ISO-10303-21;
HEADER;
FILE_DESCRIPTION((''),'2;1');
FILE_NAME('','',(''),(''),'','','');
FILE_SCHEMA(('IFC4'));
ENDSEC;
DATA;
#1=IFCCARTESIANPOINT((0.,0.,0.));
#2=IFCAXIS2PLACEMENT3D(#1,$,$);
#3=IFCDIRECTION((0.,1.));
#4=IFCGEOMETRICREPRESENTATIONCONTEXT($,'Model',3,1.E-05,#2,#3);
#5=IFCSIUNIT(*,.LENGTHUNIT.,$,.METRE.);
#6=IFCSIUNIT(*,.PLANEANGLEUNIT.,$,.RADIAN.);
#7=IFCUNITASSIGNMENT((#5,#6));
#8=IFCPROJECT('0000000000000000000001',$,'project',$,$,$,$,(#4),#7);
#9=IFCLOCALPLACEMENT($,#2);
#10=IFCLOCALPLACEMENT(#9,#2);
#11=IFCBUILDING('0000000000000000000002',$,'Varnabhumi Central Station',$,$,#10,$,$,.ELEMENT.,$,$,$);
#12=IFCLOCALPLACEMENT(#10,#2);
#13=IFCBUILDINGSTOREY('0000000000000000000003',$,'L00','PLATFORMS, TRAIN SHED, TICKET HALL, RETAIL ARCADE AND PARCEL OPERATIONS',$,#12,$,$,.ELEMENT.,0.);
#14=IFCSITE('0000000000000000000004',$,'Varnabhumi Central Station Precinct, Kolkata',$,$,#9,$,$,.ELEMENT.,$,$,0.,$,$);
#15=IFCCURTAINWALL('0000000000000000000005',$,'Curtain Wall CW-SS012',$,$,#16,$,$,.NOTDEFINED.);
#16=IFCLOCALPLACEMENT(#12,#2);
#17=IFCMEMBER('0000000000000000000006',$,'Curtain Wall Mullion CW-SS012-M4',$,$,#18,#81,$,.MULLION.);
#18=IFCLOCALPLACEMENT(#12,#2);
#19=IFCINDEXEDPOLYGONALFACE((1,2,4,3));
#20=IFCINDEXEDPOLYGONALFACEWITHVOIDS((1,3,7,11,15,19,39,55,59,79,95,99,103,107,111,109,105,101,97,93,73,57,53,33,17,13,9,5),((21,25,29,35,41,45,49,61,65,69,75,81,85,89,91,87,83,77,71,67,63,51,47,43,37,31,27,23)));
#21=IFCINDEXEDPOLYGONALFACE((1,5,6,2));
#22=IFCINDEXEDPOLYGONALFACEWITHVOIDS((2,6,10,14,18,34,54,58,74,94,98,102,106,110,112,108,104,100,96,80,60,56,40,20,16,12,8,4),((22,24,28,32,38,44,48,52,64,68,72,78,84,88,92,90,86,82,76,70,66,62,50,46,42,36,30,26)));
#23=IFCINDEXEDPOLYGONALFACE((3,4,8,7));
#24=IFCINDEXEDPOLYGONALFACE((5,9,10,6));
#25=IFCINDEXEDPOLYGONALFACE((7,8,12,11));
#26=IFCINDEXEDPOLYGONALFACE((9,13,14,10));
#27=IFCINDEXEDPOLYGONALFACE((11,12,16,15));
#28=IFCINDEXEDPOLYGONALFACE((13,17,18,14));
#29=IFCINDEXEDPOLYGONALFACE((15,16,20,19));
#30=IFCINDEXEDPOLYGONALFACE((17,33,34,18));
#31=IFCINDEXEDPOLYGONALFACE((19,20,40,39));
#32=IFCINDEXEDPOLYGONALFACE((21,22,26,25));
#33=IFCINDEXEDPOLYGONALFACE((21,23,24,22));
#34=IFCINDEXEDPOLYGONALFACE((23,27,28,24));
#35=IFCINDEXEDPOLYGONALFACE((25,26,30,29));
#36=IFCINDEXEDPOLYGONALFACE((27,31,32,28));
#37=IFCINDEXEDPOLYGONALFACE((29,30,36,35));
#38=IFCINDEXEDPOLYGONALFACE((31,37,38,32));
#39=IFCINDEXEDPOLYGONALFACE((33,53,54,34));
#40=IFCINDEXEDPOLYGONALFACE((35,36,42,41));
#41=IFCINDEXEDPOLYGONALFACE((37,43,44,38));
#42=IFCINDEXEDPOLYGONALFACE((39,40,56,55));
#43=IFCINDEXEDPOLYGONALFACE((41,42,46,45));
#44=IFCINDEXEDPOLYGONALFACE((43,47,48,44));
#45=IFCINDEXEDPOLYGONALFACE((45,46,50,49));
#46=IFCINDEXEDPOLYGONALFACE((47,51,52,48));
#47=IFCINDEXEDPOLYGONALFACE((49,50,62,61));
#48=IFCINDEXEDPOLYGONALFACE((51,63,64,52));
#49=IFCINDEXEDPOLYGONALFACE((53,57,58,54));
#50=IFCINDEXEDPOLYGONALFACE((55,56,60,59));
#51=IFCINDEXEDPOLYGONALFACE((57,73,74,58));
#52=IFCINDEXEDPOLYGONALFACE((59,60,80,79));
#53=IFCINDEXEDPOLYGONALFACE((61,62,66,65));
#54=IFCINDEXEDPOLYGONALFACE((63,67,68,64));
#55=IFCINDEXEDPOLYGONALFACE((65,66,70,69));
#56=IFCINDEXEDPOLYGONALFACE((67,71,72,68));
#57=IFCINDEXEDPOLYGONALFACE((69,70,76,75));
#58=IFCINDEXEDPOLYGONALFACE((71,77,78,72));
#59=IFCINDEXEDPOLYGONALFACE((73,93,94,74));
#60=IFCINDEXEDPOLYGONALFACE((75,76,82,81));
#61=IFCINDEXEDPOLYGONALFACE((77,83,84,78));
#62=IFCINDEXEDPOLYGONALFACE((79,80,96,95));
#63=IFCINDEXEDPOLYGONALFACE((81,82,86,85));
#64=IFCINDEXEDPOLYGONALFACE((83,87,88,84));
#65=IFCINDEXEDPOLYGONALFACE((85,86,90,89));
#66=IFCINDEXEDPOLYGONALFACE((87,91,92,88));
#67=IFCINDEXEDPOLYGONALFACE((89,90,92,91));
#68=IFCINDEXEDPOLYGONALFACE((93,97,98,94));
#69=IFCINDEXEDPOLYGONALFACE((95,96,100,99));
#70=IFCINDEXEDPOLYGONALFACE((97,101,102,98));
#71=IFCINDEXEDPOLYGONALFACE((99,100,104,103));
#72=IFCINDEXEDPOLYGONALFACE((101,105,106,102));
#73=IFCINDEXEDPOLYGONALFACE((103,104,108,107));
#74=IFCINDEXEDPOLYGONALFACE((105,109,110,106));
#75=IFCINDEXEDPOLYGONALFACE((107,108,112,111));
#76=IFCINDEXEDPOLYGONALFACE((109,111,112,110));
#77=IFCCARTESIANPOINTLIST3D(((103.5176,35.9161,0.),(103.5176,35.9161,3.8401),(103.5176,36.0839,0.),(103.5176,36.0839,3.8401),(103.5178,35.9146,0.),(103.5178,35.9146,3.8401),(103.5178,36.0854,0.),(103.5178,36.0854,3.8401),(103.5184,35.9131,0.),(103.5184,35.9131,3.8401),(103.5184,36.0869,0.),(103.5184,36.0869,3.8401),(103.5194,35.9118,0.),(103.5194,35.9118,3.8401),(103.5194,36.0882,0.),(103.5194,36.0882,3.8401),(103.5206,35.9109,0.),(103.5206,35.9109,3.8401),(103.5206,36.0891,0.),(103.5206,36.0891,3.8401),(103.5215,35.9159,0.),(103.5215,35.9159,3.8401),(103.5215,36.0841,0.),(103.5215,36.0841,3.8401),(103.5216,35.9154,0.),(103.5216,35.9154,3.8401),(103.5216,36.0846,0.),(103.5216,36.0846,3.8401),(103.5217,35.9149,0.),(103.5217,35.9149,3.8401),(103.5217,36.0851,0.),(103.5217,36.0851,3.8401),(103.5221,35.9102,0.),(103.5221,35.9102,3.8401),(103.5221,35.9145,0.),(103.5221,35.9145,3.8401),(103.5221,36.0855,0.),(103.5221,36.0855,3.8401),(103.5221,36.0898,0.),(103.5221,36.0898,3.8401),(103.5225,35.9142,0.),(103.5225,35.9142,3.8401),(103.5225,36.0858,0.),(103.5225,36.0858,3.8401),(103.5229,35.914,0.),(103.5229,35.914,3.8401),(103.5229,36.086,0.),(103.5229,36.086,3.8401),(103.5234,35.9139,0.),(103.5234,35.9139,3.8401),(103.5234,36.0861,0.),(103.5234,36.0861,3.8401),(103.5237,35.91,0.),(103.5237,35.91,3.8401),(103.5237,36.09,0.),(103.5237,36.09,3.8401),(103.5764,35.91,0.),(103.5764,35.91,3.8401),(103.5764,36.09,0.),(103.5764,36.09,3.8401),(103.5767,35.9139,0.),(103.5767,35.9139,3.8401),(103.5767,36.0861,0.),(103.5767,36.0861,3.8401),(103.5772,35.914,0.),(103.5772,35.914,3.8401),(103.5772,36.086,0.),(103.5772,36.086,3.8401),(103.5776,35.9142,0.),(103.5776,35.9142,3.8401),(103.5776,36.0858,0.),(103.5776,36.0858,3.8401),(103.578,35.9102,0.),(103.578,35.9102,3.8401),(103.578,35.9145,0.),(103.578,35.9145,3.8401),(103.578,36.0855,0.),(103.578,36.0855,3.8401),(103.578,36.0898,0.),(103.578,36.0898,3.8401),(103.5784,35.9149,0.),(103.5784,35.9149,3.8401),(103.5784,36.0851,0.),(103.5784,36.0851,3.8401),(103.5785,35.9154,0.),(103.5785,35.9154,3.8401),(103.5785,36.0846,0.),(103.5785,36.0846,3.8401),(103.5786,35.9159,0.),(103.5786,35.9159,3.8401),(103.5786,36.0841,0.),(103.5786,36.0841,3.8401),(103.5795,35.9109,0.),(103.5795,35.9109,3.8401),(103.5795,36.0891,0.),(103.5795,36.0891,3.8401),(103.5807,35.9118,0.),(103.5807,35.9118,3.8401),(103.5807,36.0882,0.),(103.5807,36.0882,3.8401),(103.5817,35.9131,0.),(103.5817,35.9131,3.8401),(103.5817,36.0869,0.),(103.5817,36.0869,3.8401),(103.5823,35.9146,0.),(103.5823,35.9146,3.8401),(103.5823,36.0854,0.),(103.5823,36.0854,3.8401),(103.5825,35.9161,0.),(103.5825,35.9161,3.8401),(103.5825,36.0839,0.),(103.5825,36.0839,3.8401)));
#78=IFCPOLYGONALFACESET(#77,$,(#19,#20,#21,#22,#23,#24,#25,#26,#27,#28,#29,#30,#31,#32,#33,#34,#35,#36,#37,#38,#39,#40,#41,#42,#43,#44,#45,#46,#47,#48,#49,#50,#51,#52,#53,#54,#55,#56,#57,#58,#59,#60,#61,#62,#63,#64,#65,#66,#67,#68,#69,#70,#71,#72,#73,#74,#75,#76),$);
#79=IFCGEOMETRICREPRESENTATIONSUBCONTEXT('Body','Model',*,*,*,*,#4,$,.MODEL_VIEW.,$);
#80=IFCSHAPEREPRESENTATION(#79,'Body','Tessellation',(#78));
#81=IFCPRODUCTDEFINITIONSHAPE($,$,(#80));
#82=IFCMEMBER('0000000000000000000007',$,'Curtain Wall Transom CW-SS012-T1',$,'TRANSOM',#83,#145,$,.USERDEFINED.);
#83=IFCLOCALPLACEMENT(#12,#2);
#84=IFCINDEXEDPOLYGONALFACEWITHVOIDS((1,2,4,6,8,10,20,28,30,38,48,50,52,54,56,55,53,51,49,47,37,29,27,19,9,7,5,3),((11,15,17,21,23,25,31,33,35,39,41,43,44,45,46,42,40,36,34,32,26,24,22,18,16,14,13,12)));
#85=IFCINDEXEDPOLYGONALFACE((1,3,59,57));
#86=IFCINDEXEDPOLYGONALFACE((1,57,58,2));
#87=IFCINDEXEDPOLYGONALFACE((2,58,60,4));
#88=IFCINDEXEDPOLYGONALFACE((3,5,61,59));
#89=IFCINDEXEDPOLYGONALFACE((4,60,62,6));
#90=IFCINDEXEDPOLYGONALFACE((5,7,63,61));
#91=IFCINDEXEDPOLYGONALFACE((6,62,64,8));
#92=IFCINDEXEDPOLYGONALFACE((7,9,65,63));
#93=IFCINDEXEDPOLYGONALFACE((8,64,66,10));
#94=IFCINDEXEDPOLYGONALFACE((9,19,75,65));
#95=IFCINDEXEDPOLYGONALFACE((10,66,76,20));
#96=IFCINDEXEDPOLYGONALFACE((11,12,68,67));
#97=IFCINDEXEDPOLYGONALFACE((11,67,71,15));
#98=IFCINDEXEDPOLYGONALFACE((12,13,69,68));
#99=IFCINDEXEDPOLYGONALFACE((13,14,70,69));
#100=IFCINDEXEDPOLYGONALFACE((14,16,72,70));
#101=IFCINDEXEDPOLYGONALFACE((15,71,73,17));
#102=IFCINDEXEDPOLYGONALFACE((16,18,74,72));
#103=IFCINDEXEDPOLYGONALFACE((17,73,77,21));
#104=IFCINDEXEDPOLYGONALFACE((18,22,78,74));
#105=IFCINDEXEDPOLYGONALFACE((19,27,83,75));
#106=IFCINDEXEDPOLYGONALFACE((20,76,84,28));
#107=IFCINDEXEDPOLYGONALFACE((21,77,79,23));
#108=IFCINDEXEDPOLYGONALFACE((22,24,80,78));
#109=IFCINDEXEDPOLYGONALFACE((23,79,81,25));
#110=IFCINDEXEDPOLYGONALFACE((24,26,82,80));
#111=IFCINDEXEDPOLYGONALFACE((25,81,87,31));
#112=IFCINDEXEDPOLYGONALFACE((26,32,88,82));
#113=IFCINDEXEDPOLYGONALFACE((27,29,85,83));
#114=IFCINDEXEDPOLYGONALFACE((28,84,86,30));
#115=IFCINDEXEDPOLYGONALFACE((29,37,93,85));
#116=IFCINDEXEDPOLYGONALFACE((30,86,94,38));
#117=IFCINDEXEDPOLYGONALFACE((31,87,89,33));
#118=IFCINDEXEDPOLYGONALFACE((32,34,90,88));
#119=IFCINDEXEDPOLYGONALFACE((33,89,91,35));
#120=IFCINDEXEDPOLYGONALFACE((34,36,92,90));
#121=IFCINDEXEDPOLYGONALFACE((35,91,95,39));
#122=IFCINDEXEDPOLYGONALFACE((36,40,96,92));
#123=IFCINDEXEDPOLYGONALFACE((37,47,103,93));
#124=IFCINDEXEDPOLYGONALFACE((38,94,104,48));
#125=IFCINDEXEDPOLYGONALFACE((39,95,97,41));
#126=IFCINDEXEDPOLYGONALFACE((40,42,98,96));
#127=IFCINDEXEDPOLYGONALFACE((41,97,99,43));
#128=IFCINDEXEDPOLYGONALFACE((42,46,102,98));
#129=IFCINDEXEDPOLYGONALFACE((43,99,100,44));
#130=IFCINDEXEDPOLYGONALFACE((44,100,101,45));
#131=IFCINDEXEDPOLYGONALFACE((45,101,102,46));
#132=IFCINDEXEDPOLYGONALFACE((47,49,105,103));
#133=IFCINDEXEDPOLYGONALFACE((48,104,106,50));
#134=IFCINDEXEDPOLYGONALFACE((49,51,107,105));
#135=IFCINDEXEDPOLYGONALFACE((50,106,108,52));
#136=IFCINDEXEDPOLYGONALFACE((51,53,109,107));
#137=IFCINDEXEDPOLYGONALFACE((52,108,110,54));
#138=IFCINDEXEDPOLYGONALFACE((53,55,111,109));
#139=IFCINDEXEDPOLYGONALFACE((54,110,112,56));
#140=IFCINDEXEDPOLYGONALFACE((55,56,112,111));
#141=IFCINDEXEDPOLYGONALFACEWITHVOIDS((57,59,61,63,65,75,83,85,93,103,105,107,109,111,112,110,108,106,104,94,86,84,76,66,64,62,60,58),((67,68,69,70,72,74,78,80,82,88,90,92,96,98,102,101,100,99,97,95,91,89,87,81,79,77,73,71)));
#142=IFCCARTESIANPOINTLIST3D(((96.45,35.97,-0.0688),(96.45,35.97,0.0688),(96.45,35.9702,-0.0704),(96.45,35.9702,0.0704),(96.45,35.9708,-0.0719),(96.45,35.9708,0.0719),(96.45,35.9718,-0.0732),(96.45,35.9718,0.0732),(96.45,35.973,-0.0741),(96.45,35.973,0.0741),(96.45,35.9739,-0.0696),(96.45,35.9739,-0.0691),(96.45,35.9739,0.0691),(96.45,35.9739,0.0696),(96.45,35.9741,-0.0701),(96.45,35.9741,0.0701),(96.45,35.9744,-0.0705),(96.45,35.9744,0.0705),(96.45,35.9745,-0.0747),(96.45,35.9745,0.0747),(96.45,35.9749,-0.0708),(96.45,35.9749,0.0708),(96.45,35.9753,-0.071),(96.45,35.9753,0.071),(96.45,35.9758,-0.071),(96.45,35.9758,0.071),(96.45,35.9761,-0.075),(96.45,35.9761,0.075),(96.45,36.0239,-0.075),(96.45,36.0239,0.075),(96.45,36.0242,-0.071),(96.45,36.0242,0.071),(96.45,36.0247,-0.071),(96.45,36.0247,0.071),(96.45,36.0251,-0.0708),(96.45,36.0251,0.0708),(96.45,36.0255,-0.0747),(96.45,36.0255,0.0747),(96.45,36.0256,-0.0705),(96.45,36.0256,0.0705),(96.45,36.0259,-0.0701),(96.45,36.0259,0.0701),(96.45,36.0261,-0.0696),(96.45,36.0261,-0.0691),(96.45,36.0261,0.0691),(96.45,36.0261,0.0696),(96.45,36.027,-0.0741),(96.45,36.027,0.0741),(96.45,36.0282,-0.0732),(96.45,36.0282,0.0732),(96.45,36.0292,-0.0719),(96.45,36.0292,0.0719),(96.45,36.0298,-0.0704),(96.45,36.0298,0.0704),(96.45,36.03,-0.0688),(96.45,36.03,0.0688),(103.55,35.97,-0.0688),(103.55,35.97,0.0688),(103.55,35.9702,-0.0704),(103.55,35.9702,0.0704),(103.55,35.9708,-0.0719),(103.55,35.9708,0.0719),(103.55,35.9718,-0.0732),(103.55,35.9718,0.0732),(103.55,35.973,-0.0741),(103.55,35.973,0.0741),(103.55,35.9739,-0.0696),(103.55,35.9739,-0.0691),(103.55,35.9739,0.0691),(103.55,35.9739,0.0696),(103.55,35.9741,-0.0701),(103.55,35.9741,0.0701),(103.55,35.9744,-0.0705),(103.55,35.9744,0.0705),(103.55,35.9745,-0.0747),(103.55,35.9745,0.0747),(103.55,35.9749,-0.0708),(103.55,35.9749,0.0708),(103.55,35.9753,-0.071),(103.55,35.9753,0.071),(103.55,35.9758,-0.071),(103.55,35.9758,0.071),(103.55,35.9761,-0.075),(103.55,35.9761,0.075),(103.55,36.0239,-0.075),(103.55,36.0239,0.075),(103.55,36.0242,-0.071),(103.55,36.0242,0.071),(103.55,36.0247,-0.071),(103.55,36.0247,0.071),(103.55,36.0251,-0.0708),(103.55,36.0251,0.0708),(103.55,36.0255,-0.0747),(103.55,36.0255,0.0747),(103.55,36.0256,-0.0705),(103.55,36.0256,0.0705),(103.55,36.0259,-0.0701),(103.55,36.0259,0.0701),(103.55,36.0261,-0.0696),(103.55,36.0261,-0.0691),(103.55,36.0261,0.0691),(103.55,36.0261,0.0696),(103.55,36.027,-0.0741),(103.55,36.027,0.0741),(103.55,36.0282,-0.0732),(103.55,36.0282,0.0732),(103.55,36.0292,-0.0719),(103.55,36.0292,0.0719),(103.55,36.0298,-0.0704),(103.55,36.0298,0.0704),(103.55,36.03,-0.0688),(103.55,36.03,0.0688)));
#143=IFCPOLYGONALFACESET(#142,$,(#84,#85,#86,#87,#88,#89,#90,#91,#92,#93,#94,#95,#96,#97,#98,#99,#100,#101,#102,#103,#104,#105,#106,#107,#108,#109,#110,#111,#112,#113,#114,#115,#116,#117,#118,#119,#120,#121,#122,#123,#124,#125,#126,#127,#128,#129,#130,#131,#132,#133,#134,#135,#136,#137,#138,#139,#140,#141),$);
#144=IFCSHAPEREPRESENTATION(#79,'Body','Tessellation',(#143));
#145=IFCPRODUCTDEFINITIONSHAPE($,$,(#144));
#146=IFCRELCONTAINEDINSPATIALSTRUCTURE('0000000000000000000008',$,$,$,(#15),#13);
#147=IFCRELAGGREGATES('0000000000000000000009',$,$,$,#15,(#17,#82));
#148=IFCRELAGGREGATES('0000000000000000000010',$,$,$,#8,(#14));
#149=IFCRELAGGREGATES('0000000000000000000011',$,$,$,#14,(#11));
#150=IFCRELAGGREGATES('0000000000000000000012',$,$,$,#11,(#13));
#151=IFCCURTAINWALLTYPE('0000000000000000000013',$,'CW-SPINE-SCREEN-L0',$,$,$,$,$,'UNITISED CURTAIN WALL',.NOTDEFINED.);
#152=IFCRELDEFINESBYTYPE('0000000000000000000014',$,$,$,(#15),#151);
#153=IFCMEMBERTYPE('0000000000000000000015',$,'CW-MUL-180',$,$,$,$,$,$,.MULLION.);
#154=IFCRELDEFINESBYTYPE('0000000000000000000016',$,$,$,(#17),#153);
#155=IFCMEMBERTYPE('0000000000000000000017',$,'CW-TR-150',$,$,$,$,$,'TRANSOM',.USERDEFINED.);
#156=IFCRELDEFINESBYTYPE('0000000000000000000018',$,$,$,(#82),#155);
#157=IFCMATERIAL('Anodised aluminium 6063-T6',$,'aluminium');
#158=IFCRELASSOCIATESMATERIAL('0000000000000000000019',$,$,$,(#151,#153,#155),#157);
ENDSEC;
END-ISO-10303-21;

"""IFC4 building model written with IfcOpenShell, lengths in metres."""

from ifc_helpers import new_model, si_unit, direction, frame, origin, origin_2d, place, context, subcontext, project, spatial, hollow_rectangle, extrude, material, material_profile, profile_set, type_object, element, aggregate, save


model = new_model("IFC4")

# Units and contexts
model_context = context("Model", 3, precision=1e-05, world=origin(), true_north=direction((0.0, 1.0)))
body_context = subcontext(model_context, "Body", "Model", "MODEL_VIEW")
ifc_project = project(units=[si_unit("LENGTHUNIT", "METRE"), si_unit("PLANEANGLEUNIT", "RADIAN")], contexts=[model_context])

# Site, building, storey
site_placement = place(None, origin())
site = spatial("IfcSite", under=ifc_project, at=site_placement, Name="Varnabhumi Central Station Precinct, Kolkata", CompositionType="ELEMENT", RefElevation=0.0)
building_placement = place(site_placement, origin())
building = spatial("IfcBuilding", under=site, at=building_placement, Name="Varnabhumi Central Station", CompositionType="ELEMENT")
storey_placement = place(building_placement, origin())
storey = spatial("IfcBuildingStorey", under=building, at=storey_placement, Name="L00", Description="PLATFORMS, TRAIN SHED, TICKET HALL, RETAIL ARCADE AND PARCEL OPERATIONS", CompositionType="ELEMENT", Elevation=0.0)

# Curtain wall, members
ifc_material_1 = material(Name="Anodised aluminium 6063-T6", Category="aluminium")
curtain_wall_type = type_object("IfcCurtainWallType", Name="CW-SPINE-SCREEN-L0", ElementType="UNITISED CURTAIN WALL", PredefinedType="NOTDEFINED", material=ifc_material_1)
curtain_wall_placement = place(storey_placement, origin())
curtain_wall = element("IfcCurtainWall", 1, at=curtain_wall_placement, inside=storey, type_object=curtain_wall_type, Name="Curtain Wall CW-SS012", PredefinedType="NOTDEFINED")
ifc_material_profile_1 = material_profile(ifc_material_1, hollow_rectangle(XDim=0.0649, YDim=0.1799, WallThickness=0.0039, InnerFilletRadius=0.002, OuterFilletRadius=0.0061, at=origin_2d()), Name="Anodised aluminium 6063-T6", Category="aluminium")
ifc_profile_set_1 = profile_set([ifc_material_profile_1], Name="Anodised aluminium 6063-T6")
member_type_1 = type_object("IfcMemberType", Name="CW-MUL-180", PredefinedType="MULLION", material=ifc_profile_set_1)
member_1_placement = place(storey_placement, frame((103.55, 36.0, 0.0), z_axis=(0.0, 0.0, 1.0), x_axis=(1.0, 0.0, 0.0)))
member_1 = element("IfcMember", 2, at=member_1_placement, type_object=member_type_1, Name="Curtain Wall Mullion CW-SS012-M4", PredefinedType="MULLION", context=body_context, shape_type="SweptSolid", body=[
    extrude(hollow_rectangle(XDim=0.0649, YDim=0.1799, WallThickness=0.0039, InnerFilletRadius=0.002, OuterFilletRadius=0.0061, at=origin_2d()), origin(), (0.0, 0.0, 1.0), 3.8401),
])
ifc_material_profile_2 = material_profile(ifc_material_1, hollow_rectangle(XDim=0.0601, YDim=0.1499, WallThickness=0.0039, InnerFilletRadius=0.002, OuterFilletRadius=0.0061, at=origin_2d()), Name="Anodised aluminium 6063-T6", Category="aluminium")
ifc_profile_set_2 = profile_set([ifc_material_profile_2], Name="Anodised aluminium 6063-T6")
member_type_2 = type_object("IfcMemberType", Name="CW-TR-150", ElementType="TRANSOM", PredefinedType="USERDEFINED", material=ifc_profile_set_2)
member_2_placement = place(storey_placement, frame((96.45, 36.0, 0.0), z_axis=(1.0, 0.0, 0.0), x_axis=(0.0, 1.0, 0.0)))
member_2 = element("IfcMember", 3, at=member_2_placement, type_object=member_type_2, Name="Curtain Wall Transom CW-SS012-T1", ObjectType="TRANSOM", PredefinedType="USERDEFINED", context=body_context, shape_type="SweptSolid", body=[
    extrude(hollow_rectangle(XDim=0.0601, YDim=0.1499, WallThickness=0.0039, InnerFilletRadius=0.002, OuterFilletRadius=0.0061, at=origin_2d()), origin(), (0.0, 0.0, 1.0), 7.1001),
])
aggregate(curtain_wall, [member_1, member_2])

save(model, "model.ifc")
